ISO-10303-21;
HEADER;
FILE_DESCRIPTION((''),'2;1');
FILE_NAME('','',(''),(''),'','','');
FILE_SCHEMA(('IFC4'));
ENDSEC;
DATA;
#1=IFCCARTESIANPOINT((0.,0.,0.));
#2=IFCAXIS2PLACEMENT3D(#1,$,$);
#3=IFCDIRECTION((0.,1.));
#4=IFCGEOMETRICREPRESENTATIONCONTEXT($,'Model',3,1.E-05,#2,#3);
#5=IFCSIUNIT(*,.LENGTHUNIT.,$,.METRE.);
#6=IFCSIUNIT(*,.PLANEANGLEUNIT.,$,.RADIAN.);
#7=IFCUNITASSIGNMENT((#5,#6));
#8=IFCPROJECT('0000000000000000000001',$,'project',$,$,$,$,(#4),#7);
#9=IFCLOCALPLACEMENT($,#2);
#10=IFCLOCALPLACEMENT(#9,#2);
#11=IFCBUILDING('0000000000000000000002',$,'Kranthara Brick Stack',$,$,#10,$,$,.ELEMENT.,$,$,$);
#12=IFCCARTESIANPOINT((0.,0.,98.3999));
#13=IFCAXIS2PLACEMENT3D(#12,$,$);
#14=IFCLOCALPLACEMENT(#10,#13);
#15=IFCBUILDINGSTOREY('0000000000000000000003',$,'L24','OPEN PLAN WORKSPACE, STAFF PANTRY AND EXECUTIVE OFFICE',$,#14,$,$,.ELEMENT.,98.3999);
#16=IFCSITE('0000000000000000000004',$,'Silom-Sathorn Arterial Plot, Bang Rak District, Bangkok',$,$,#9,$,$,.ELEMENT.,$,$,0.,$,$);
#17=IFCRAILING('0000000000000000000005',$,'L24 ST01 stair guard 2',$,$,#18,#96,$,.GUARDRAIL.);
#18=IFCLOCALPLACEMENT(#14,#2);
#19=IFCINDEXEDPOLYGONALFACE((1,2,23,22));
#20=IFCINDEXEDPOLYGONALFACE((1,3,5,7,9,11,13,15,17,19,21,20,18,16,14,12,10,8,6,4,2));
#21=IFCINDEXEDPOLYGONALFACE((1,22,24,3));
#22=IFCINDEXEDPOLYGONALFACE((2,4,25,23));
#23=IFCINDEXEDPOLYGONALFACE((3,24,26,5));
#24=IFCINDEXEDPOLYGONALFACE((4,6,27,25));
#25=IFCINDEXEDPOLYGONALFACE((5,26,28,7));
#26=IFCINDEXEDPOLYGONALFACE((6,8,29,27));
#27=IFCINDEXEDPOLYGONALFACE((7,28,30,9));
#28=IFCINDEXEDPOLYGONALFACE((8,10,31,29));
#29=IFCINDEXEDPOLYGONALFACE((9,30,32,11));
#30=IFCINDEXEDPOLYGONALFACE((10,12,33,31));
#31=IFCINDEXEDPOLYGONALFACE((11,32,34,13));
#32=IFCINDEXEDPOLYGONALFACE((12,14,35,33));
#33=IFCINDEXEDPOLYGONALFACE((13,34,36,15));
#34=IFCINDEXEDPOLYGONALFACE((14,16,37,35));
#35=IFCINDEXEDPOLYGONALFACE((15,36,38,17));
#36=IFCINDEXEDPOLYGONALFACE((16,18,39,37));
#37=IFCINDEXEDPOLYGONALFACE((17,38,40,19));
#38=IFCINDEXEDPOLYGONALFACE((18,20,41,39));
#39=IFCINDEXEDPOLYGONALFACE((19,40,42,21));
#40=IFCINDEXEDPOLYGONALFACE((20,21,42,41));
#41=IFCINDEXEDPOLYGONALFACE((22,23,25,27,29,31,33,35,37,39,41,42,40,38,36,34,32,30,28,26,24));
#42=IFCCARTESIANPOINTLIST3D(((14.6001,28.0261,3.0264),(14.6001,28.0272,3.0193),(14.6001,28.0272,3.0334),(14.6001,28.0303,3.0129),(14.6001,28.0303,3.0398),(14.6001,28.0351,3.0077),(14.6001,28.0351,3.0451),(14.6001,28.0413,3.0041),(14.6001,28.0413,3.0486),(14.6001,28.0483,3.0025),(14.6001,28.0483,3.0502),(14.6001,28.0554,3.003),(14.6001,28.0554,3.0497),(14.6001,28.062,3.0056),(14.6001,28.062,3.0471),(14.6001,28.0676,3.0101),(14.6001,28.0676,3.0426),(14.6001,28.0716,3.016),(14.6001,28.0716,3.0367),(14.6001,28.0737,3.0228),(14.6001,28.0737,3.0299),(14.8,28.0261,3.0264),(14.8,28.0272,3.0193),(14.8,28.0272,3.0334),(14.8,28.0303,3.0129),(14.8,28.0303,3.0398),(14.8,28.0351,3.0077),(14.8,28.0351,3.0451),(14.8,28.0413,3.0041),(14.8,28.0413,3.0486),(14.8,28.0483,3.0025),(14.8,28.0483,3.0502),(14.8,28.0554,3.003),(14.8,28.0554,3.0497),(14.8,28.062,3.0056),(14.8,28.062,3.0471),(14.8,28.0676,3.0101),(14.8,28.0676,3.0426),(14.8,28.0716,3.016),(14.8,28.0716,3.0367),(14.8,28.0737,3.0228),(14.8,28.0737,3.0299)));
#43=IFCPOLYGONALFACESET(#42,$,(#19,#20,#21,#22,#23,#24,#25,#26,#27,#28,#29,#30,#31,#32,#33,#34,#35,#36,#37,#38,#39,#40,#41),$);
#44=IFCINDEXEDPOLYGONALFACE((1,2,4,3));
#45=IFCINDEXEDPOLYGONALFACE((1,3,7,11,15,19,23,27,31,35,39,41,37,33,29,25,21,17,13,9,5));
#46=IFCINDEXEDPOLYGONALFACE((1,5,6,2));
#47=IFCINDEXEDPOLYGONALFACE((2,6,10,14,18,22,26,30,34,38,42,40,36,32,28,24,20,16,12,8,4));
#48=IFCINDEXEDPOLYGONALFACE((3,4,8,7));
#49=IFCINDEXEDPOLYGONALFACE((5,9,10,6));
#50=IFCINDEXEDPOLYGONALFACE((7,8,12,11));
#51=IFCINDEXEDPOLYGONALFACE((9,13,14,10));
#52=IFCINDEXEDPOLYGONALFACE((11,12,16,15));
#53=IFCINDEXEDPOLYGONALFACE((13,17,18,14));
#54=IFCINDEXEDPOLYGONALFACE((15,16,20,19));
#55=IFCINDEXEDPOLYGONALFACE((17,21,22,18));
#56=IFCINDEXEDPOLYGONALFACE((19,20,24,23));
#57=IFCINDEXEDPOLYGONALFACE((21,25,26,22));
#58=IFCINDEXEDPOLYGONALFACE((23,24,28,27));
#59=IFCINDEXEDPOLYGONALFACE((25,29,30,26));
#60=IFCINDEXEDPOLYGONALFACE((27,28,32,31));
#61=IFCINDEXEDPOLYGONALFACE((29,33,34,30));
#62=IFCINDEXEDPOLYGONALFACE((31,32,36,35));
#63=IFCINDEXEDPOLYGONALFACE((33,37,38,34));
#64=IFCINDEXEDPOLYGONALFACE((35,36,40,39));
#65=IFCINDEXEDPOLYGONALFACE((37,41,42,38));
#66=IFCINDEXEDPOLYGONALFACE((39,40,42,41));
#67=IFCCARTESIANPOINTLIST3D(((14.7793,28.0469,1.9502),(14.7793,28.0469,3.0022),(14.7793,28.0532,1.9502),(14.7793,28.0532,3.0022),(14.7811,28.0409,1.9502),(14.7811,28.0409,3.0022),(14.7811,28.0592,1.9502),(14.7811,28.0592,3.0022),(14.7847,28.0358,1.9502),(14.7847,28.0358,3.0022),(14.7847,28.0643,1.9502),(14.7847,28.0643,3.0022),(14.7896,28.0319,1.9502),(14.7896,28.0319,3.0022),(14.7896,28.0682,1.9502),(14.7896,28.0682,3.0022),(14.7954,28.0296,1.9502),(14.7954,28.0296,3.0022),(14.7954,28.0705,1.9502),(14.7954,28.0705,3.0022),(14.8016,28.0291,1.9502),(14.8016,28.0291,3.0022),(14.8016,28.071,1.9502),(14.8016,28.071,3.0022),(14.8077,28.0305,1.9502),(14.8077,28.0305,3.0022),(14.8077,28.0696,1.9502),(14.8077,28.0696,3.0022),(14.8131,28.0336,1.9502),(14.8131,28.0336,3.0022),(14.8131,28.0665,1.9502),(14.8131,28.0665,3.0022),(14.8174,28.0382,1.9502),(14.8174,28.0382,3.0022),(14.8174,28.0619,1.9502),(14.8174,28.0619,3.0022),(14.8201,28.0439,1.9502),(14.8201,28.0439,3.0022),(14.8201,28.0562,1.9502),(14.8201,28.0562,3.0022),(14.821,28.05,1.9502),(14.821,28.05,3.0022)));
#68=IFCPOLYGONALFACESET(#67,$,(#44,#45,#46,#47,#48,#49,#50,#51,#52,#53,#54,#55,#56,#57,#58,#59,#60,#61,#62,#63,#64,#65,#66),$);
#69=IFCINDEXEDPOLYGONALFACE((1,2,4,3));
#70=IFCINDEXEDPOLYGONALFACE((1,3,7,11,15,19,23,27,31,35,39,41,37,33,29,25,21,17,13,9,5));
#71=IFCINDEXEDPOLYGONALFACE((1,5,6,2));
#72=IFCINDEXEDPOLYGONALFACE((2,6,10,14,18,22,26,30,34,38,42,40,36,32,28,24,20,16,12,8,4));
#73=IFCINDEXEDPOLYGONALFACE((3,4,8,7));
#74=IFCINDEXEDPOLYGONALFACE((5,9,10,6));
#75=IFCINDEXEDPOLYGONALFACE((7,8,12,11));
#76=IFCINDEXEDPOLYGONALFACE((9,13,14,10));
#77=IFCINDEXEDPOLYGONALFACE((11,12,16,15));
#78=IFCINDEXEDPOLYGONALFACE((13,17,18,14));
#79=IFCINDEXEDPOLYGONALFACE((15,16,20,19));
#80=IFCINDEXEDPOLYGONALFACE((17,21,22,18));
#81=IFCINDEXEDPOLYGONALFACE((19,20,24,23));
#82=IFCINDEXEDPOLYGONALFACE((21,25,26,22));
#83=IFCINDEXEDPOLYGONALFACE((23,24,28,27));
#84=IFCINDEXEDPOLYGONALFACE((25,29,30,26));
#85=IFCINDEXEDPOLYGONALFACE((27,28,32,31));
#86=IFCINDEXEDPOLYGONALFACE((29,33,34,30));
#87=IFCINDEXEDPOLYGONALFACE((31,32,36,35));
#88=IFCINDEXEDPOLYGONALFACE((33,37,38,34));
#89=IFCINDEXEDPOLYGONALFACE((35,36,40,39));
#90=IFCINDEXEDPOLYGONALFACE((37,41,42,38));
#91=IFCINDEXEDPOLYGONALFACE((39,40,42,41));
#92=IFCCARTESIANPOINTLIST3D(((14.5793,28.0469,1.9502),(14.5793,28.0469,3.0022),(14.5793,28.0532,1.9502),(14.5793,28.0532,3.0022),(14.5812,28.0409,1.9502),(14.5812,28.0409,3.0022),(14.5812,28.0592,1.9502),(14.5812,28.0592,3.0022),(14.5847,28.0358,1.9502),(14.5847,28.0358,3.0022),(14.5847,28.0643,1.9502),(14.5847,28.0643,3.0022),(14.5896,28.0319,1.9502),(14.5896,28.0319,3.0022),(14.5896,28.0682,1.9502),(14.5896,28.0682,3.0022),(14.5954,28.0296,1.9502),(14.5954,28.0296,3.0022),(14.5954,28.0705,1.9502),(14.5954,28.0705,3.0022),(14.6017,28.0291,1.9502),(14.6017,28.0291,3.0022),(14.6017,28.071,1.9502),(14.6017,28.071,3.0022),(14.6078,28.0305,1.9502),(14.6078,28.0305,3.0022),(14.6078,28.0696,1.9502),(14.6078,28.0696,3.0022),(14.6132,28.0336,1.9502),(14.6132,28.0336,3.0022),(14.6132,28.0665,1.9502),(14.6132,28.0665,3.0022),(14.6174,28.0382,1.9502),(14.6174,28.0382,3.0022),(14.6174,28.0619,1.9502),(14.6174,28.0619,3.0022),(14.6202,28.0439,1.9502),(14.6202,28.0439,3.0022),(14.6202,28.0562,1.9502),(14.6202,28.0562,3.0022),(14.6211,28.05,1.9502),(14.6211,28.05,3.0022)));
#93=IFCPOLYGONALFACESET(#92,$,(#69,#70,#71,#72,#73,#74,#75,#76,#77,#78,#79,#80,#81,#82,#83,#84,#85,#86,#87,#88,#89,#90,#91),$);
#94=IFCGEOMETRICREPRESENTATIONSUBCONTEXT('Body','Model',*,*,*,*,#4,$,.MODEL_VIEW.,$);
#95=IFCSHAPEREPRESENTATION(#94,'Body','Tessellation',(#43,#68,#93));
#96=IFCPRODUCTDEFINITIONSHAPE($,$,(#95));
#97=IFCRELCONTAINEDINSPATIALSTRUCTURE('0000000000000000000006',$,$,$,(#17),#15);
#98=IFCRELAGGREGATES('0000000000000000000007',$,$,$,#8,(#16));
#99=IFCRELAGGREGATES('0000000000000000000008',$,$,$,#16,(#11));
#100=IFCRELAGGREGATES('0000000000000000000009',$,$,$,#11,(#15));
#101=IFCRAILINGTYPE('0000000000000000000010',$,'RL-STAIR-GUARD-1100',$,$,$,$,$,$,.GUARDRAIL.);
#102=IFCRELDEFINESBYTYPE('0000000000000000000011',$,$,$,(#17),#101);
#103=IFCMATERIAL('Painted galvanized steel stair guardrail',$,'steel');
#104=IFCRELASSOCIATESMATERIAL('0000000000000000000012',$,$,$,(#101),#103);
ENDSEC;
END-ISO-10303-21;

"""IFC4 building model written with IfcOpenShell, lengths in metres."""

from ifc_helpers import new_model, si_unit, direction, frame, origin, origin_2d, place, context, subcontext, project, spatial, circle, extrude, material, type_object, element, save


model = new_model("IFC4")

# Units and contexts
model_context = context("Model", 3, precision=1e-05, world=origin(), true_north=direction((0.0, 1.0)))
body_context = subcontext(model_context, "Body", "Model", "MODEL_VIEW")
ifc_project = project(units=[si_unit("LENGTHUNIT", "METRE"), si_unit("PLANEANGLEUNIT", "RADIAN")], contexts=[model_context])

# Site, building, storey
site_placement = place(None, origin())
site = spatial("IfcSite", under=ifc_project, at=site_placement, Name="Silom-Sathorn Arterial Plot, Bang Rak District, Bangkok", CompositionType="ELEMENT", RefElevation=0.0)
building_placement = place(site_placement, origin())
building = spatial("IfcBuilding", under=site, at=building_placement, Name="Kranthara Brick Stack", CompositionType="ELEMENT")
storey_placement = place(building_placement, frame((0.0, 0.0, 98.3999)))
storey = spatial("IfcBuildingStorey", under=building, at=storey_placement, Name="L24", Description="OPEN PLAN WORKSPACE, STAFF PANTRY AND EXECUTIVE OFFICE", CompositionType="ELEMENT", Elevation=98.3999)

# Railing
ifc_material_1 = material(Name="Painted galvanized steel stair guardrail", Category="steel")
railing_type_1 = type_object("IfcRailingType", Name="RL-STAIR-GUARD-1100", PredefinedType="GUARDRAIL", material=ifc_material_1)
railing_1_placement = place(storey_placement, frame((14.8, 28.05, 1.9502)))
element("IfcRailing", 1, at=railing_1_placement, inside=storey, type_object=railing_type_1, Name="L24 ST01 stair guard 2", PredefinedType="GUARDRAIL", context=body_context, shape_type="SweptSolid", body=[
    extrude(circle(Radius=0.0239, at=origin_2d()), frame((0.0, 0.0, 1.0762), z_axis=(-1.0, 0.0, 0.0), x_axis=(0.0, -1.0, 0.0)), (0.0, 0.0, 1.0), 0.2),
    extrude(circle(Radius=0.021, at=origin_2d()), origin(), (0.0, 0.0, 1.0), 1.052),
    extrude(circle(Radius=0.021, at=origin_2d()), frame((-0.2, 0.0, 0.0)), (0.0, 0.0, 1.0), 1.052),
])

save(model, "model.ifc")
